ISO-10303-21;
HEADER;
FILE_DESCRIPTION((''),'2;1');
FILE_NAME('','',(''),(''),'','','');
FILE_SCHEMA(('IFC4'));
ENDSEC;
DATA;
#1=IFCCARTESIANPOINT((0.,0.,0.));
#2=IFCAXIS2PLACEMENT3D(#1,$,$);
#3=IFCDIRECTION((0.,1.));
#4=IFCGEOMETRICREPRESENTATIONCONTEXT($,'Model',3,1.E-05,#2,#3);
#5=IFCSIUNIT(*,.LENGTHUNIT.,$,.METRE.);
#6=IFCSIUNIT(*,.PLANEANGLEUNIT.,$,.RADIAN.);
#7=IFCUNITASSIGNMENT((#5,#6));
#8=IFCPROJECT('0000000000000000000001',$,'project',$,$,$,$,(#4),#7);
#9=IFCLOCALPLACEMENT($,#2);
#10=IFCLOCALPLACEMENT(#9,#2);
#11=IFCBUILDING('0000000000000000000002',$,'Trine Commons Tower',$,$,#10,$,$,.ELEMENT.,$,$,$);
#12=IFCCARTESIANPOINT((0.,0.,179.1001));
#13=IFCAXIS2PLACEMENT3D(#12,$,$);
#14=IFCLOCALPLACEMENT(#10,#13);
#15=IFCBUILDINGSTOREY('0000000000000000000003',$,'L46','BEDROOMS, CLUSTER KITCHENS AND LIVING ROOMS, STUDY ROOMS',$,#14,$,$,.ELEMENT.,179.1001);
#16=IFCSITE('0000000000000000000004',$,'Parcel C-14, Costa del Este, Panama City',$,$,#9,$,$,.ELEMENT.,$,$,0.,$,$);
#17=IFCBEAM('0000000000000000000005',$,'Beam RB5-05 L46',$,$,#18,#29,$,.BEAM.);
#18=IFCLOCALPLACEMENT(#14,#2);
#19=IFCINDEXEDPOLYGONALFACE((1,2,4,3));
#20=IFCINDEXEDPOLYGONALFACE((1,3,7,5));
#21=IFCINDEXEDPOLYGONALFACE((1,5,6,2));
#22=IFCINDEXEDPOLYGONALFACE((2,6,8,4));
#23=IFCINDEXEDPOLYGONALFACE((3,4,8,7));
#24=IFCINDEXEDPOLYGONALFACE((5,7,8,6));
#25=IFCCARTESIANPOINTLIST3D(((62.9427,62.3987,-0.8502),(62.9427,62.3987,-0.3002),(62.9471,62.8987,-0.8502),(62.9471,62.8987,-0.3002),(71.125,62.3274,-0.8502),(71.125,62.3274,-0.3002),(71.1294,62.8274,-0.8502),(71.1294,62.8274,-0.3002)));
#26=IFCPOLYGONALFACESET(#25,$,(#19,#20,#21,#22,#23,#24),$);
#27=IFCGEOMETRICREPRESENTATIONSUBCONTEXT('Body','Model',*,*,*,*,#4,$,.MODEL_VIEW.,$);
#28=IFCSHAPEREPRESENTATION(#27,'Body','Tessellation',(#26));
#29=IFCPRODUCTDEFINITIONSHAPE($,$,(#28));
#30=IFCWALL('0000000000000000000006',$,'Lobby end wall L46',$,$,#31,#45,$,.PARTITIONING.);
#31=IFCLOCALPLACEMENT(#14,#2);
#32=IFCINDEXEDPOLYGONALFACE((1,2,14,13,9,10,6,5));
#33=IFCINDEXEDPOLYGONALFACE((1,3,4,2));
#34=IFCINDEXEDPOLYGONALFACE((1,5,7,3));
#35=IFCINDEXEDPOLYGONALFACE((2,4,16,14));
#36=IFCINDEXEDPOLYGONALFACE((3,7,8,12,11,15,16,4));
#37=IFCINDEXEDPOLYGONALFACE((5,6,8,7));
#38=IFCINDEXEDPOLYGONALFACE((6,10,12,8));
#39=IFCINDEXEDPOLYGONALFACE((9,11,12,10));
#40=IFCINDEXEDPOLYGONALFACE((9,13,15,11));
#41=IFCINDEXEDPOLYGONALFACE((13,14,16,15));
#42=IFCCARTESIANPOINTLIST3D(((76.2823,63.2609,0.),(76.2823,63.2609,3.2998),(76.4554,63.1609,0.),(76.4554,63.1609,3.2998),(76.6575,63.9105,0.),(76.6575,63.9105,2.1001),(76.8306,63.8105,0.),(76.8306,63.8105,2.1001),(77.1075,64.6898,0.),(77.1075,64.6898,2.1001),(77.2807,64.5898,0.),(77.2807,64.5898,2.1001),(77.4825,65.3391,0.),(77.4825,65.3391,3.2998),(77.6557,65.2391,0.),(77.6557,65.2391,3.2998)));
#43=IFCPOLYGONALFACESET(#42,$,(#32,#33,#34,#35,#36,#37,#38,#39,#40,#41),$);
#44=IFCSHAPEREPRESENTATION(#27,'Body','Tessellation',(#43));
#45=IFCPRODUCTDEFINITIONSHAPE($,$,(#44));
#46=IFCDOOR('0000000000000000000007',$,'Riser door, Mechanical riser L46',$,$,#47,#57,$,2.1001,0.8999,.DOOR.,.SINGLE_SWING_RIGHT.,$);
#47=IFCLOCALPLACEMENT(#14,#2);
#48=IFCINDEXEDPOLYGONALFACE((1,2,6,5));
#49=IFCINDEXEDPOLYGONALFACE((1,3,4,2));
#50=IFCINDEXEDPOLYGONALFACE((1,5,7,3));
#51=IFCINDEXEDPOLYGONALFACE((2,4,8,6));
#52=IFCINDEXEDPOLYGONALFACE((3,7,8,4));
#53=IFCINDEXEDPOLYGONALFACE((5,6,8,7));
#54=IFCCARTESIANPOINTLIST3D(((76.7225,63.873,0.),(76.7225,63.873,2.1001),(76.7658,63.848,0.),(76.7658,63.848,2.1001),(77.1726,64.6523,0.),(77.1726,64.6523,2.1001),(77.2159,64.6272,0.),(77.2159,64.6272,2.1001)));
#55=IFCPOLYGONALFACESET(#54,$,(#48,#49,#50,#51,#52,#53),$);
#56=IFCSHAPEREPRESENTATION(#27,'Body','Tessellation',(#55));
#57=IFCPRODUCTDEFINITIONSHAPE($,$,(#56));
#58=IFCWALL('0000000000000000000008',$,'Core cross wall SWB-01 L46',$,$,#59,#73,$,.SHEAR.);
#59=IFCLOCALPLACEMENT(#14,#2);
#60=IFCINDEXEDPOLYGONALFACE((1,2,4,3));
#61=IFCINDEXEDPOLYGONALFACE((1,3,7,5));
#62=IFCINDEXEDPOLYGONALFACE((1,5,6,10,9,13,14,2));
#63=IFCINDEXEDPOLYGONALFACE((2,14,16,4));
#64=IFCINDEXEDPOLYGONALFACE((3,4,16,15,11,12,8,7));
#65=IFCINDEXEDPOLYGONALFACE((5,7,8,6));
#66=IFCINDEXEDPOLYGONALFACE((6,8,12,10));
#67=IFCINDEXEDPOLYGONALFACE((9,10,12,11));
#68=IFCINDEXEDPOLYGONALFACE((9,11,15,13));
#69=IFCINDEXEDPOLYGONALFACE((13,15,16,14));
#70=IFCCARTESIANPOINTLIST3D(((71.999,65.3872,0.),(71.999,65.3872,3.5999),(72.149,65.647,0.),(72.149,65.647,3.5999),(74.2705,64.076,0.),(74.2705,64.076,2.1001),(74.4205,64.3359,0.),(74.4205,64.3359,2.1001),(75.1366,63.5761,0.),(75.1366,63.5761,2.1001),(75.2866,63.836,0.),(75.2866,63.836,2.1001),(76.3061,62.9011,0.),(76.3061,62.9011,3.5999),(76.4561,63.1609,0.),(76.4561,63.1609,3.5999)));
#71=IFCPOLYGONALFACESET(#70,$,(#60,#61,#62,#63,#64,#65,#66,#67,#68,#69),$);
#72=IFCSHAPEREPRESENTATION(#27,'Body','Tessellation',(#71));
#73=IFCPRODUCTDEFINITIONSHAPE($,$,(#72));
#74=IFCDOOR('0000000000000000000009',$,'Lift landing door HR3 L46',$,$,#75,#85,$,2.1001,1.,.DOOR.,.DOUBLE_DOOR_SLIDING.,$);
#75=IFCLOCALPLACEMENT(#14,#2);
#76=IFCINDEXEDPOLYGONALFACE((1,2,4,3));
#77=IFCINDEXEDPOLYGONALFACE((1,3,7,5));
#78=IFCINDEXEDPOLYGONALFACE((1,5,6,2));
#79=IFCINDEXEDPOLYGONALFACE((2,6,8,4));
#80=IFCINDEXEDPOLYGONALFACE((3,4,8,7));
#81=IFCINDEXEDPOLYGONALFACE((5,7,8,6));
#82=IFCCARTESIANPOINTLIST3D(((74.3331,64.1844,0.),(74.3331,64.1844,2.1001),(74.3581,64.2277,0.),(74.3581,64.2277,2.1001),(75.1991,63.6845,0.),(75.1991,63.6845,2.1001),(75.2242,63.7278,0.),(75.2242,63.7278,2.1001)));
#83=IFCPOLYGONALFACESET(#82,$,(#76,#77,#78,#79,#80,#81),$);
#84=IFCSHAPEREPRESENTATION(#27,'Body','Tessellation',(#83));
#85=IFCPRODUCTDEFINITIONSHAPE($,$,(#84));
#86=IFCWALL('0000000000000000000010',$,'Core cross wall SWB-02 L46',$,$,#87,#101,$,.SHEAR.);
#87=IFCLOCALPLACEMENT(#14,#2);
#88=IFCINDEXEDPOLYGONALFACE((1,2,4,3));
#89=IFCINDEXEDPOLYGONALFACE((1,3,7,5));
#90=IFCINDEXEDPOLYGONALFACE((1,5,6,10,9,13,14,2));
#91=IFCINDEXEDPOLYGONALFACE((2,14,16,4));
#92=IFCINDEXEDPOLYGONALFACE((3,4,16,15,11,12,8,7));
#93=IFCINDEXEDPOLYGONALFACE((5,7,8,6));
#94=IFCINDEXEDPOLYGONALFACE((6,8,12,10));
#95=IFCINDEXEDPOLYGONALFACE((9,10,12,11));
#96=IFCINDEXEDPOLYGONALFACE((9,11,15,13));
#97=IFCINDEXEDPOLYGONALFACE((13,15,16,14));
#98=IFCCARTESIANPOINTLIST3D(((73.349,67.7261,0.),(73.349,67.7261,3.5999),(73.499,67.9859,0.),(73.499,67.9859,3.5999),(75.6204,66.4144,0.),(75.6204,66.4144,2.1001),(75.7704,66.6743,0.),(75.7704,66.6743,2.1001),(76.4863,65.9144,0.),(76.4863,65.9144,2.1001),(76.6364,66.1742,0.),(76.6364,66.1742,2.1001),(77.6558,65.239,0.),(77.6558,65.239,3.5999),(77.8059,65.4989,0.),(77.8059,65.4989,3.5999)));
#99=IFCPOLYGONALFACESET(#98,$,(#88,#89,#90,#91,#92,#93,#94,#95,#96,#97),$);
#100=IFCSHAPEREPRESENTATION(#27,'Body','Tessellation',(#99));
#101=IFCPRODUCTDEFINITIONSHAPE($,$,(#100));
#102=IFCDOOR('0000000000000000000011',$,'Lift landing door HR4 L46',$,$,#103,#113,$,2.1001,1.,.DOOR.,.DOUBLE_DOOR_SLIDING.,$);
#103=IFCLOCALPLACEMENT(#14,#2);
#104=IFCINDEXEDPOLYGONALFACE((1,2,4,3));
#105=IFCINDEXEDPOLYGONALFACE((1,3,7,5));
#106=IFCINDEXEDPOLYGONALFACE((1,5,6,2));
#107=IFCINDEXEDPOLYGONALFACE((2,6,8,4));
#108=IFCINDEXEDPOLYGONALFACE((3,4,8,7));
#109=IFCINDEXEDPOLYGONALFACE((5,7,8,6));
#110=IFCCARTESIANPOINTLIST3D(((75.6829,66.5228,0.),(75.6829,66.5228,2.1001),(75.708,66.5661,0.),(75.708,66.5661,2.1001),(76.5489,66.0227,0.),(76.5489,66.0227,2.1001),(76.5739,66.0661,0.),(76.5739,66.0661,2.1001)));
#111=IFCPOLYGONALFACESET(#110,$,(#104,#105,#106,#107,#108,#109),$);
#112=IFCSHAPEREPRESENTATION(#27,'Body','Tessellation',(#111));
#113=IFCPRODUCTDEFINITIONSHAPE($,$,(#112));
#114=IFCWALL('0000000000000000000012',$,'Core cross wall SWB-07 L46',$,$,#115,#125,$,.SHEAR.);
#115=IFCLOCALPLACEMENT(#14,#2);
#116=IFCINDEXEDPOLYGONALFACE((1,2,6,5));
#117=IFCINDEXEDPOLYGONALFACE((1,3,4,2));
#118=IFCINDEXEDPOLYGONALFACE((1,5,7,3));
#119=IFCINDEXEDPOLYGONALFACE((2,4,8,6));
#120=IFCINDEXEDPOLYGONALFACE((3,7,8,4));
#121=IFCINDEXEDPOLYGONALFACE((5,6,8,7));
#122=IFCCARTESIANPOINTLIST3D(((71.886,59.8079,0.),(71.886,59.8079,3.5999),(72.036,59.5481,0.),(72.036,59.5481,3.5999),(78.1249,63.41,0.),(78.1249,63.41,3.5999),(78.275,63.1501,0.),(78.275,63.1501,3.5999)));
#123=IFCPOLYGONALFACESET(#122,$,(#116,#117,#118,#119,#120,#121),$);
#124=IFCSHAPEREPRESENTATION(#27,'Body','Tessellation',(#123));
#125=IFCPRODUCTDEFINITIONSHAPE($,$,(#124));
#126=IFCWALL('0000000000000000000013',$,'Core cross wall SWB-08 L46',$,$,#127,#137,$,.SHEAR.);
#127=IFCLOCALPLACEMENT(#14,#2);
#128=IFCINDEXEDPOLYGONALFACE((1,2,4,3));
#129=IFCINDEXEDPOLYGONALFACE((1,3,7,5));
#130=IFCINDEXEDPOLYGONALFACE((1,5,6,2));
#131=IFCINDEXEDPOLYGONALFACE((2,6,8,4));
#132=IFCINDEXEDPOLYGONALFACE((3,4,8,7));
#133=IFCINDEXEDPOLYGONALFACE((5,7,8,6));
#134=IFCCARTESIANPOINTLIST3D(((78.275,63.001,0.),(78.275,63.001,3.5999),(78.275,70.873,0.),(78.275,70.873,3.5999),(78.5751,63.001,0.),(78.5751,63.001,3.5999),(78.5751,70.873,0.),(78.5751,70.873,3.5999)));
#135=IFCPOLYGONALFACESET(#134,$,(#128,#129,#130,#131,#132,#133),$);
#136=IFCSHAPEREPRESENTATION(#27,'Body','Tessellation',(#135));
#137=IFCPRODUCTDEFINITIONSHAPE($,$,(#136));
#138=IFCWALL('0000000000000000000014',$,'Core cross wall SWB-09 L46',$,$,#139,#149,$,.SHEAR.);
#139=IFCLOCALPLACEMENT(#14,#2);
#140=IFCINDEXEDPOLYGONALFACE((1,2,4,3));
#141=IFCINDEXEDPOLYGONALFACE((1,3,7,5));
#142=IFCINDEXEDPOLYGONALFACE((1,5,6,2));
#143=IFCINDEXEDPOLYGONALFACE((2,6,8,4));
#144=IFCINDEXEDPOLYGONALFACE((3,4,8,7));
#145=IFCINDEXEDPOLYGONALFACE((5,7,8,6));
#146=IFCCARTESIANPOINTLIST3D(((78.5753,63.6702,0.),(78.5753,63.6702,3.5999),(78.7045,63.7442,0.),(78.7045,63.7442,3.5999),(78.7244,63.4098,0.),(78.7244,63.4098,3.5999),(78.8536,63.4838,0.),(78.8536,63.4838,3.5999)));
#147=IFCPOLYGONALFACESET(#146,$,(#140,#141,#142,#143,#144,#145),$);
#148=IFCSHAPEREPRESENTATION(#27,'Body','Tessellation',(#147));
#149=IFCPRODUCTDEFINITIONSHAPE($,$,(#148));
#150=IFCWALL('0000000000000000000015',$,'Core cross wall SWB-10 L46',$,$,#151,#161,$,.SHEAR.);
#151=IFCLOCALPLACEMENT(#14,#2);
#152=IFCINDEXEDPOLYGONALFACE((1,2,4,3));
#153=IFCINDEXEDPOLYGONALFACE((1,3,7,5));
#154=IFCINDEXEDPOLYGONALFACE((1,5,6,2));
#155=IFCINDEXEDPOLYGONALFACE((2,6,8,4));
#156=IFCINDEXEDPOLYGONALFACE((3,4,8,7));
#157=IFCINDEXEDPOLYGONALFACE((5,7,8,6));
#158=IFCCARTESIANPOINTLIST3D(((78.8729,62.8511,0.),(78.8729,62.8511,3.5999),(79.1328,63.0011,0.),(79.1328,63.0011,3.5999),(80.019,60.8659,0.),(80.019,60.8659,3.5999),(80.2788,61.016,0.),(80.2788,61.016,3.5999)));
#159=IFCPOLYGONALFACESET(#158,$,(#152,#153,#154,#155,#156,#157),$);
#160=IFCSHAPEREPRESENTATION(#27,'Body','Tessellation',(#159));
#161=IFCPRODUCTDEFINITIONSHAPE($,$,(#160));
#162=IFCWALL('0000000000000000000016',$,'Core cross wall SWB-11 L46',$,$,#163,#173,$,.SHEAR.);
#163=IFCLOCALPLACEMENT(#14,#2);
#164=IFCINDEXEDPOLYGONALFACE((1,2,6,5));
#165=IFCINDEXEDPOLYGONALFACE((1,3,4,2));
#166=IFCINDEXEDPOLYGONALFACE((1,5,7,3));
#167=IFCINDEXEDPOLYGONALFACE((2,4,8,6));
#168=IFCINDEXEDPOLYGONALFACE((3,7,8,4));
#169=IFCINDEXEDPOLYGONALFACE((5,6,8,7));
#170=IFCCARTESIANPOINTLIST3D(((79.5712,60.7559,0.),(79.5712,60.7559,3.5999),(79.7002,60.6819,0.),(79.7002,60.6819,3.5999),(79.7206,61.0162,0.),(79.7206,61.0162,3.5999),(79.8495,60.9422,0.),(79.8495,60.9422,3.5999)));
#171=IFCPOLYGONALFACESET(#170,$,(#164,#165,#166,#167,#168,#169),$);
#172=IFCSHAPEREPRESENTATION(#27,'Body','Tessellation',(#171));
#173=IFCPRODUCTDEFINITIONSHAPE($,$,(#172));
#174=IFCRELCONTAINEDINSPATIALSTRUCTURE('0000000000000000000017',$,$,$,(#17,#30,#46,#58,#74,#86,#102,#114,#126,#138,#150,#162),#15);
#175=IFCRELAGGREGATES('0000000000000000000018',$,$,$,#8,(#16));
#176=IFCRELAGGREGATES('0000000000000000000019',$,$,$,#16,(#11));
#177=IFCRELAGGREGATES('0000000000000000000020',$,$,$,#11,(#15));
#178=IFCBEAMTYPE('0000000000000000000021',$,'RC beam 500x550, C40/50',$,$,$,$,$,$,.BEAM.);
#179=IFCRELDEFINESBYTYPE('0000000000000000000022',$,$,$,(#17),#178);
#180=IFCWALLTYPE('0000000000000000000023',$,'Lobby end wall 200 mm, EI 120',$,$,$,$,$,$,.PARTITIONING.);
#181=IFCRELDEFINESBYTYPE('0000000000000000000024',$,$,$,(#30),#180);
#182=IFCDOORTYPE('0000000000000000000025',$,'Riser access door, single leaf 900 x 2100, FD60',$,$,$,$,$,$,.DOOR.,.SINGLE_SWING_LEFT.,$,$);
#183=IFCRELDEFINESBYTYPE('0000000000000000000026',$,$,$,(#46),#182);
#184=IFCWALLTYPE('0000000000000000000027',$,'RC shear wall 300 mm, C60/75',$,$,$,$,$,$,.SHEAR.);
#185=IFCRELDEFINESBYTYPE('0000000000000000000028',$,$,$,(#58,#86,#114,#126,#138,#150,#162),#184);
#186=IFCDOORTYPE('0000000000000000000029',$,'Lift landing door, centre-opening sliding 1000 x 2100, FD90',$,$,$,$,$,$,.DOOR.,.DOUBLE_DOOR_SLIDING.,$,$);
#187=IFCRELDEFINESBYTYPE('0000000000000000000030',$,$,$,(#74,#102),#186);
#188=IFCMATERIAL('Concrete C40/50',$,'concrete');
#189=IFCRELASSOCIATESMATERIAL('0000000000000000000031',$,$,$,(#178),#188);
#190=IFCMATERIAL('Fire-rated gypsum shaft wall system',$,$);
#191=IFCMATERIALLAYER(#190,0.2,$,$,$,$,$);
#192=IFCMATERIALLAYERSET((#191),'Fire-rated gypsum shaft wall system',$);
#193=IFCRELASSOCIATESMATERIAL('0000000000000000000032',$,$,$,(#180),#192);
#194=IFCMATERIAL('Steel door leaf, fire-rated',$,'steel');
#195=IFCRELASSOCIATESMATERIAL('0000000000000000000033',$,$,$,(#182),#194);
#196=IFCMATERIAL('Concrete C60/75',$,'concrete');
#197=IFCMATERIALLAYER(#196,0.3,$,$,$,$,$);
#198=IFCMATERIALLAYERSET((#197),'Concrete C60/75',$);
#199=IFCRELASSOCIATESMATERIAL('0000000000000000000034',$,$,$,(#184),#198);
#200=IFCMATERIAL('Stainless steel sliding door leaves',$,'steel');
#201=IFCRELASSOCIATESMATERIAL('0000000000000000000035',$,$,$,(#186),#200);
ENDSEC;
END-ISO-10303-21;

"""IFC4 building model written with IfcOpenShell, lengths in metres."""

from ifc_helpers import new_model, si_unit, direction, frame, frame_2d, origin, origin_2d, place, context, subcontext, project, spatial, rectangle, extrude, material, layer, layer_set, material_profile, profile_set, type_object, element, fill, save


model = new_model("IFC4")

# Units and contexts
model_context = context("Model", 3, precision=1e-05, world=origin(), true_north=direction((0.0, 1.0)))
body_context = subcontext(model_context, "Body", "Model", "MODEL_VIEW")
ifc_project = project(units=[si_unit("LENGTHUNIT", "METRE"), si_unit("PLANEANGLEUNIT", "RADIAN")], contexts=[model_context])

# Site, building, storey
site_placement = place(None, origin())
site = spatial("IfcSite", under=ifc_project, at=site_placement, Name="Parcel C-14, Costa del Este, Panama City", CompositionType="ELEMENT", RefElevation=0.0)
building_placement = place(site_placement, origin())
building = spatial("IfcBuilding", under=site, at=building_placement, Name="Trine Commons Tower", CompositionType="ELEMENT")
storey_placement = place(building_placement, frame((0.0, 0.0, 179.1001)))
storey = spatial("IfcBuildingStorey", under=building, at=storey_placement, Name="L46", Description="BEDROOMS, CLUSTER KITCHENS AND LIVING ROOMS, STUDY ROOMS", CompositionType="ELEMENT", Elevation=179.1001)

# Beam
ifc_material_1 = material(Name="Concrete C40/50", Category="concrete")
ifc_material_profile = material_profile(ifc_material_1, rectangle(XDim=0.5, YDim=0.55, at=origin_2d()), Name="RC 500x550")
ifc_profile_set = profile_set([ifc_material_profile], Name="Concrete C40/50")
beam_type = type_object("IfcBeamType", Name="RC beam 500x550, C40/50", PredefinedType="BEAM", material=ifc_profile_set)
beam_placement = place(storey_placement, frame((71.1272, 62.5774, -0.5752), z_axis=(-0.999962, 0.008712, 0.0), x_axis=(-0.008712, -0.999962, 0.0)))
element("IfcBeam", 1, at=beam_placement, inside=storey, type_object=beam_type, Name="Beam RB5-05 L46", PredefinedType="BEAM", context=body_context, shape_type="SweptSolid", body=[
    extrude(rectangle(XDim=0.5, YDim=0.55, at=origin_2d()), origin(), (0.0, 0.0, 1.0), 8.1826),
])

# Walls, openings, doors
ifc_material_2 = material(Name="Fire-rated gypsum shaft wall system")
ifc_layer_1 = layer(ifc_material_2, 0.2)
ifc_layer_set_1 = layer_set([ifc_layer_1], Name="Fire-rated gypsum shaft wall system")
wall_type_1 = type_object("IfcWallType", Name="Lobby end wall 200 mm, EI 120", PredefinedType="PARTITIONING", material=ifc_layer_set_1)
wall_1_placement = place(storey_placement, frame((77.5691, 65.2891, 0.0), z_axis=(0.0, 0.0, 1.0), x_axis=(-0.500122, -0.865955, 0.0)))
wall_1 = element("IfcWall", 2, at=wall_1_placement, inside=storey, type_object=wall_type_1, Name="Lobby end wall L46", PredefinedType="PARTITIONING", context=body_context, shape_type="SweptSolid", body=[
    extrude(rectangle(XDim=2.3999, YDim=0.2, at=frame_2d((1.2, 0.0))), origin(), (0.0, 0.0, 1.0), 3.2998),
])
opening_1_placement = place(wall_1_placement, frame((0.7498, 0.0, 0.0)))
opening_1 = element("IfcOpeningElement", 3, at=opening_1_placement, cuts=wall_1, PredefinedType="OPENING", context=body_context, shape_type="SweptSolid", body=[
    extrude(rectangle(XDim=0.8999, YDim=2.1001, at=frame_2d((0.45, 1.05))), frame((0.0, 0.1099, 0.0), z_axis=(0.0, -1.0, 0.0), x_axis=(1.0, 0.0, 0.0)), (0.0, 0.0, 1.0), 0.22),
])
ifc_material_3 = material(Name="Steel door leaf, fire-rated", Category="steel")
door_type_1 = type_object("IfcDoorType", Name="Riser access door, single leaf 900 x 2100, FD60", OperationType="SINGLE_SWING_LEFT", PredefinedType="DOOR", material=ifc_material_3)
door_1_placement = place(opening_1_placement, frame((0.8999, 0.0, 0.0), z_axis=(0.0, 0.0, 1.0), x_axis=(-1.0, 0.0, 0.0)))
door_1 = element("IfcDoor", 4, at=door_1_placement, inside=storey, type_object=door_type_1, Name="Riser door, Mechanical riser L46", OperationType="SINGLE_SWING_RIGHT", OverallHeight=2.1001, OverallWidth=0.8999, PredefinedType="DOOR", context=body_context, shape_type="SweptSolid", body=[
    extrude(rectangle(XDim=0.8999, YDim=2.1001, at=frame_2d((0.45, 1.05))), frame((0.0, 0.0249, 0.0), z_axis=(0.0, -1.0, 0.0), x_axis=(1.0, 0.0, 0.0)), (0.0, 0.0, 1.0), 0.05),
])
fill(opening_1, door_1)
ifc_material_4 = material(Name="Concrete C60/75", Category="concrete")
ifc_layer_2 = layer(ifc_material_4, 0.3)
ifc_layer_set_2 = layer_set([ifc_layer_2], Name="Concrete C60/75")
wall_type_2 = type_object("IfcWallType", Name="RC shear wall 300 mm, C60/75", PredefinedType="SHEAR", material=ifc_layer_set_2)
wall_2_placement = place(storey_placement, frame((76.3811, 63.031, 0.0), z_axis=(0.0, 0.0, 1.0), x_axis=(-0.866081, 0.499904, 0.0)))
wall_2 = element("IfcWall", 5, at=wall_2_placement, inside=storey, type_object=wall_type_2, Name="Core cross wall SWB-01 L46", PredefinedType="SHEAR", context=body_context, shape_type="SweptSolid", body=[
    extrude(rectangle(XDim=4.9731, YDim=0.3, at=frame_2d((2.4866, 0.0))), origin(), (0.0, 0.0, 1.0), 3.5999),
])
opening_2_placement = place(wall_2_placement, frame((1.3503, 0.0, 0.0)))
opening_2 = element("IfcOpeningElement", 6, at=opening_2_placement, cuts=wall_2, PredefinedType="OPENING", context=body_context, shape_type="SweptSolid", body=[
    extrude(rectangle(XDim=1.0, YDim=2.1001, at=frame_2d((0.5, 1.05))), frame((0.0, 0.1599, 0.0), z_axis=(0.0, -1.0, 0.0), x_axis=(1.0, 0.0, 0.0)), (0.0, 0.0, 1.0), 0.3201),
])
ifc_material_5 = material(Name="Stainless steel sliding door leaves", Category="steel")
door_type_2 = type_object("IfcDoorType", Name="Lift landing door, centre-opening sliding 1000 x 2100, FD90", OperationType="DOUBLE_DOOR_SLIDING", PredefinedType="DOOR", material=ifc_material_5)
door_2_placement = place(opening_2_placement, origin())
door_2 = element("IfcDoor", 7, at=door_2_placement, inside=storey, type_object=door_type_2, Name="Lift landing door HR3 L46", OperationType="DOUBLE_DOOR_SLIDING", OverallHeight=2.1001, OverallWidth=1.0, PredefinedType="DOOR", context=body_context, shape_type="SweptSolid", body=[
    extrude(rectangle(XDim=1.0, YDim=2.1001, at=frame_2d((0.5, 1.05))), frame((0.0, 0.0249, 0.0), z_axis=(0.0, -1.0, 0.0), x_axis=(1.0, 0.0, 0.0)), (0.0, 0.0, 1.0), 0.05),
])
fill(opening_2, door_2)
wall_3_placement = place(storey_placement, frame((77.731, 65.3689, 0.0), z_axis=(0.0, 0.0, 1.0), x_axis=(-0.865984, 0.500072, 0.0)))
wall_3 = element("IfcWall", 8, at=wall_3_placement, inside=storey, type_object=wall_type_2, Name="Core cross wall SWB-02 L46", PredefinedType="SHEAR", context=body_context, shape_type="SweptSolid", body=[
    extrude(rectangle(XDim=4.9734, YDim=0.3, at=frame_2d((2.4868, 0.0))), origin(), (0.0, 0.0, 1.0), 3.5999),
])
opening_3_placement = place(wall_3_placement, frame((1.3506, 0.0, 0.0)))
opening_3 = element("IfcOpeningElement", 9, at=opening_3_placement, cuts=wall_3, PredefinedType="OPENING", context=body_context, shape_type="SweptSolid", body=[
    extrude(rectangle(XDim=1.0, YDim=2.1001, at=frame_2d((0.5, 1.05))), frame((0.0, 0.1599, 0.0), z_axis=(0.0, -1.0, 0.0), x_axis=(1.0, 0.0, 0.0)), (0.0, 0.0, 1.0), 0.3201),
])
door_3_placement = place(opening_3_placement, origin())
door_3 = element("IfcDoor", 10, at=door_3_placement, inside=storey, type_object=door_type_2, Name="Lift landing door HR4 L46", OperationType="DOUBLE_DOOR_SLIDING", OverallHeight=2.1001, OverallWidth=1.0, PredefinedType="DOOR", context=body_context, shape_type="SweptSolid", body=[
    extrude(rectangle(XDim=1.0, YDim=2.1001, at=frame_2d((0.5, 1.05))), frame((0.0, 0.0249, 0.0), z_axis=(0.0, -1.0, 0.0), x_axis=(1.0, 0.0, 0.0)), (0.0, 0.0, 1.0), 0.05),
])
fill(opening_3, door_3)

# Walls
wall_4_placement = place(storey_placement, frame((78.2, 63.28, 0.0), z_axis=(0.0, 0.0, 1.0), x_axis=(-0.866028, -0.499995, 0.0)))
element("IfcWall", 11, at=wall_4_placement, inside=storey, type_object=wall_type_2, Name="Core cross wall SWB-07 L46", PredefinedType="SHEAR", context=body_context, shape_type="SweptSolid", body=[
    extrude(rectangle(XDim=7.2041, YDim=0.3, at=frame_2d((3.6021, 0.0))), origin(), (0.0, 0.0, 1.0), 3.5999),
])
wall_5_placement = place(storey_placement, frame((78.425, 63.001, 0.0), z_axis=(0.0, 0.0, 1.0), x_axis=(0.0, 1.0, 0.0)))
element("IfcWall", 12, at=wall_5_placement, inside=storey, type_object=wall_type_2, Name="Core cross wall SWB-08 L46", PredefinedType="SHEAR", context=body_context, shape_type="SweptSolid", body=[
    extrude(rectangle(XDim=7.8721, YDim=0.3, at=frame_2d((3.936, 0.0))), origin(), (0.0, 0.0, 1.0), 3.5999),
])
wall_6_placement = place(storey_placement, frame((78.7791, 63.614, 0.0), z_axis=(0.0, 0.0, 1.0), x_axis=(-0.867738, -0.497022, 0.0)))
element("IfcWall", 13, at=wall_6_placement, inside=storey, type_object=wall_type_2, Name="Core cross wall SWB-09 L46", PredefinedType="SHEAR", context=body_context, shape_type="SweptSolid", body=[
    extrude(rectangle(XDim=0.1489, YDim=0.3, at=frame_2d((0.0745, 0.0))), origin(), (0.0, 0.0, 1.0), 3.5999),
])
wall_7_placement = place(storey_placement, frame((79.0029, 62.926, 0.0), z_axis=(0.0, 0.0, 1.0), x_axis=(0.499965, -0.866045, 0.0)))
element("IfcWall", 14, at=wall_7_placement, inside=storey, type_object=wall_type_2, Name="Core cross wall SWB-10 L46", PredefinedType="SHEAR", context=body_context, shape_type="SweptSolid", body=[
    extrude(rectangle(XDim=2.2922, YDim=0.3, at=frame_2d((1.146, 0.0))), origin(), (0.0, 0.0, 1.0), 3.5999),
])
wall_8_placement = place(storey_placement, frame((79.646, 60.886, 0.0), z_axis=(0.0, 0.0, 1.0), x_axis=(0.867332, -0.49773, 0.0)))
element("IfcWall", 15, at=wall_8_placement, inside=storey, type_object=wall_type_2, Name="Core cross wall SWB-11 L46", PredefinedType="SHEAR", context=body_context, shape_type="SweptSolid", body=[
    extrude(rectangle(XDim=0.1487, YDim=0.3, at=frame_2d((0.0742, 0.0))), origin(), (0.0, 0.0, 1.0), 3.5999),
])

save(model, "model.ifc")
